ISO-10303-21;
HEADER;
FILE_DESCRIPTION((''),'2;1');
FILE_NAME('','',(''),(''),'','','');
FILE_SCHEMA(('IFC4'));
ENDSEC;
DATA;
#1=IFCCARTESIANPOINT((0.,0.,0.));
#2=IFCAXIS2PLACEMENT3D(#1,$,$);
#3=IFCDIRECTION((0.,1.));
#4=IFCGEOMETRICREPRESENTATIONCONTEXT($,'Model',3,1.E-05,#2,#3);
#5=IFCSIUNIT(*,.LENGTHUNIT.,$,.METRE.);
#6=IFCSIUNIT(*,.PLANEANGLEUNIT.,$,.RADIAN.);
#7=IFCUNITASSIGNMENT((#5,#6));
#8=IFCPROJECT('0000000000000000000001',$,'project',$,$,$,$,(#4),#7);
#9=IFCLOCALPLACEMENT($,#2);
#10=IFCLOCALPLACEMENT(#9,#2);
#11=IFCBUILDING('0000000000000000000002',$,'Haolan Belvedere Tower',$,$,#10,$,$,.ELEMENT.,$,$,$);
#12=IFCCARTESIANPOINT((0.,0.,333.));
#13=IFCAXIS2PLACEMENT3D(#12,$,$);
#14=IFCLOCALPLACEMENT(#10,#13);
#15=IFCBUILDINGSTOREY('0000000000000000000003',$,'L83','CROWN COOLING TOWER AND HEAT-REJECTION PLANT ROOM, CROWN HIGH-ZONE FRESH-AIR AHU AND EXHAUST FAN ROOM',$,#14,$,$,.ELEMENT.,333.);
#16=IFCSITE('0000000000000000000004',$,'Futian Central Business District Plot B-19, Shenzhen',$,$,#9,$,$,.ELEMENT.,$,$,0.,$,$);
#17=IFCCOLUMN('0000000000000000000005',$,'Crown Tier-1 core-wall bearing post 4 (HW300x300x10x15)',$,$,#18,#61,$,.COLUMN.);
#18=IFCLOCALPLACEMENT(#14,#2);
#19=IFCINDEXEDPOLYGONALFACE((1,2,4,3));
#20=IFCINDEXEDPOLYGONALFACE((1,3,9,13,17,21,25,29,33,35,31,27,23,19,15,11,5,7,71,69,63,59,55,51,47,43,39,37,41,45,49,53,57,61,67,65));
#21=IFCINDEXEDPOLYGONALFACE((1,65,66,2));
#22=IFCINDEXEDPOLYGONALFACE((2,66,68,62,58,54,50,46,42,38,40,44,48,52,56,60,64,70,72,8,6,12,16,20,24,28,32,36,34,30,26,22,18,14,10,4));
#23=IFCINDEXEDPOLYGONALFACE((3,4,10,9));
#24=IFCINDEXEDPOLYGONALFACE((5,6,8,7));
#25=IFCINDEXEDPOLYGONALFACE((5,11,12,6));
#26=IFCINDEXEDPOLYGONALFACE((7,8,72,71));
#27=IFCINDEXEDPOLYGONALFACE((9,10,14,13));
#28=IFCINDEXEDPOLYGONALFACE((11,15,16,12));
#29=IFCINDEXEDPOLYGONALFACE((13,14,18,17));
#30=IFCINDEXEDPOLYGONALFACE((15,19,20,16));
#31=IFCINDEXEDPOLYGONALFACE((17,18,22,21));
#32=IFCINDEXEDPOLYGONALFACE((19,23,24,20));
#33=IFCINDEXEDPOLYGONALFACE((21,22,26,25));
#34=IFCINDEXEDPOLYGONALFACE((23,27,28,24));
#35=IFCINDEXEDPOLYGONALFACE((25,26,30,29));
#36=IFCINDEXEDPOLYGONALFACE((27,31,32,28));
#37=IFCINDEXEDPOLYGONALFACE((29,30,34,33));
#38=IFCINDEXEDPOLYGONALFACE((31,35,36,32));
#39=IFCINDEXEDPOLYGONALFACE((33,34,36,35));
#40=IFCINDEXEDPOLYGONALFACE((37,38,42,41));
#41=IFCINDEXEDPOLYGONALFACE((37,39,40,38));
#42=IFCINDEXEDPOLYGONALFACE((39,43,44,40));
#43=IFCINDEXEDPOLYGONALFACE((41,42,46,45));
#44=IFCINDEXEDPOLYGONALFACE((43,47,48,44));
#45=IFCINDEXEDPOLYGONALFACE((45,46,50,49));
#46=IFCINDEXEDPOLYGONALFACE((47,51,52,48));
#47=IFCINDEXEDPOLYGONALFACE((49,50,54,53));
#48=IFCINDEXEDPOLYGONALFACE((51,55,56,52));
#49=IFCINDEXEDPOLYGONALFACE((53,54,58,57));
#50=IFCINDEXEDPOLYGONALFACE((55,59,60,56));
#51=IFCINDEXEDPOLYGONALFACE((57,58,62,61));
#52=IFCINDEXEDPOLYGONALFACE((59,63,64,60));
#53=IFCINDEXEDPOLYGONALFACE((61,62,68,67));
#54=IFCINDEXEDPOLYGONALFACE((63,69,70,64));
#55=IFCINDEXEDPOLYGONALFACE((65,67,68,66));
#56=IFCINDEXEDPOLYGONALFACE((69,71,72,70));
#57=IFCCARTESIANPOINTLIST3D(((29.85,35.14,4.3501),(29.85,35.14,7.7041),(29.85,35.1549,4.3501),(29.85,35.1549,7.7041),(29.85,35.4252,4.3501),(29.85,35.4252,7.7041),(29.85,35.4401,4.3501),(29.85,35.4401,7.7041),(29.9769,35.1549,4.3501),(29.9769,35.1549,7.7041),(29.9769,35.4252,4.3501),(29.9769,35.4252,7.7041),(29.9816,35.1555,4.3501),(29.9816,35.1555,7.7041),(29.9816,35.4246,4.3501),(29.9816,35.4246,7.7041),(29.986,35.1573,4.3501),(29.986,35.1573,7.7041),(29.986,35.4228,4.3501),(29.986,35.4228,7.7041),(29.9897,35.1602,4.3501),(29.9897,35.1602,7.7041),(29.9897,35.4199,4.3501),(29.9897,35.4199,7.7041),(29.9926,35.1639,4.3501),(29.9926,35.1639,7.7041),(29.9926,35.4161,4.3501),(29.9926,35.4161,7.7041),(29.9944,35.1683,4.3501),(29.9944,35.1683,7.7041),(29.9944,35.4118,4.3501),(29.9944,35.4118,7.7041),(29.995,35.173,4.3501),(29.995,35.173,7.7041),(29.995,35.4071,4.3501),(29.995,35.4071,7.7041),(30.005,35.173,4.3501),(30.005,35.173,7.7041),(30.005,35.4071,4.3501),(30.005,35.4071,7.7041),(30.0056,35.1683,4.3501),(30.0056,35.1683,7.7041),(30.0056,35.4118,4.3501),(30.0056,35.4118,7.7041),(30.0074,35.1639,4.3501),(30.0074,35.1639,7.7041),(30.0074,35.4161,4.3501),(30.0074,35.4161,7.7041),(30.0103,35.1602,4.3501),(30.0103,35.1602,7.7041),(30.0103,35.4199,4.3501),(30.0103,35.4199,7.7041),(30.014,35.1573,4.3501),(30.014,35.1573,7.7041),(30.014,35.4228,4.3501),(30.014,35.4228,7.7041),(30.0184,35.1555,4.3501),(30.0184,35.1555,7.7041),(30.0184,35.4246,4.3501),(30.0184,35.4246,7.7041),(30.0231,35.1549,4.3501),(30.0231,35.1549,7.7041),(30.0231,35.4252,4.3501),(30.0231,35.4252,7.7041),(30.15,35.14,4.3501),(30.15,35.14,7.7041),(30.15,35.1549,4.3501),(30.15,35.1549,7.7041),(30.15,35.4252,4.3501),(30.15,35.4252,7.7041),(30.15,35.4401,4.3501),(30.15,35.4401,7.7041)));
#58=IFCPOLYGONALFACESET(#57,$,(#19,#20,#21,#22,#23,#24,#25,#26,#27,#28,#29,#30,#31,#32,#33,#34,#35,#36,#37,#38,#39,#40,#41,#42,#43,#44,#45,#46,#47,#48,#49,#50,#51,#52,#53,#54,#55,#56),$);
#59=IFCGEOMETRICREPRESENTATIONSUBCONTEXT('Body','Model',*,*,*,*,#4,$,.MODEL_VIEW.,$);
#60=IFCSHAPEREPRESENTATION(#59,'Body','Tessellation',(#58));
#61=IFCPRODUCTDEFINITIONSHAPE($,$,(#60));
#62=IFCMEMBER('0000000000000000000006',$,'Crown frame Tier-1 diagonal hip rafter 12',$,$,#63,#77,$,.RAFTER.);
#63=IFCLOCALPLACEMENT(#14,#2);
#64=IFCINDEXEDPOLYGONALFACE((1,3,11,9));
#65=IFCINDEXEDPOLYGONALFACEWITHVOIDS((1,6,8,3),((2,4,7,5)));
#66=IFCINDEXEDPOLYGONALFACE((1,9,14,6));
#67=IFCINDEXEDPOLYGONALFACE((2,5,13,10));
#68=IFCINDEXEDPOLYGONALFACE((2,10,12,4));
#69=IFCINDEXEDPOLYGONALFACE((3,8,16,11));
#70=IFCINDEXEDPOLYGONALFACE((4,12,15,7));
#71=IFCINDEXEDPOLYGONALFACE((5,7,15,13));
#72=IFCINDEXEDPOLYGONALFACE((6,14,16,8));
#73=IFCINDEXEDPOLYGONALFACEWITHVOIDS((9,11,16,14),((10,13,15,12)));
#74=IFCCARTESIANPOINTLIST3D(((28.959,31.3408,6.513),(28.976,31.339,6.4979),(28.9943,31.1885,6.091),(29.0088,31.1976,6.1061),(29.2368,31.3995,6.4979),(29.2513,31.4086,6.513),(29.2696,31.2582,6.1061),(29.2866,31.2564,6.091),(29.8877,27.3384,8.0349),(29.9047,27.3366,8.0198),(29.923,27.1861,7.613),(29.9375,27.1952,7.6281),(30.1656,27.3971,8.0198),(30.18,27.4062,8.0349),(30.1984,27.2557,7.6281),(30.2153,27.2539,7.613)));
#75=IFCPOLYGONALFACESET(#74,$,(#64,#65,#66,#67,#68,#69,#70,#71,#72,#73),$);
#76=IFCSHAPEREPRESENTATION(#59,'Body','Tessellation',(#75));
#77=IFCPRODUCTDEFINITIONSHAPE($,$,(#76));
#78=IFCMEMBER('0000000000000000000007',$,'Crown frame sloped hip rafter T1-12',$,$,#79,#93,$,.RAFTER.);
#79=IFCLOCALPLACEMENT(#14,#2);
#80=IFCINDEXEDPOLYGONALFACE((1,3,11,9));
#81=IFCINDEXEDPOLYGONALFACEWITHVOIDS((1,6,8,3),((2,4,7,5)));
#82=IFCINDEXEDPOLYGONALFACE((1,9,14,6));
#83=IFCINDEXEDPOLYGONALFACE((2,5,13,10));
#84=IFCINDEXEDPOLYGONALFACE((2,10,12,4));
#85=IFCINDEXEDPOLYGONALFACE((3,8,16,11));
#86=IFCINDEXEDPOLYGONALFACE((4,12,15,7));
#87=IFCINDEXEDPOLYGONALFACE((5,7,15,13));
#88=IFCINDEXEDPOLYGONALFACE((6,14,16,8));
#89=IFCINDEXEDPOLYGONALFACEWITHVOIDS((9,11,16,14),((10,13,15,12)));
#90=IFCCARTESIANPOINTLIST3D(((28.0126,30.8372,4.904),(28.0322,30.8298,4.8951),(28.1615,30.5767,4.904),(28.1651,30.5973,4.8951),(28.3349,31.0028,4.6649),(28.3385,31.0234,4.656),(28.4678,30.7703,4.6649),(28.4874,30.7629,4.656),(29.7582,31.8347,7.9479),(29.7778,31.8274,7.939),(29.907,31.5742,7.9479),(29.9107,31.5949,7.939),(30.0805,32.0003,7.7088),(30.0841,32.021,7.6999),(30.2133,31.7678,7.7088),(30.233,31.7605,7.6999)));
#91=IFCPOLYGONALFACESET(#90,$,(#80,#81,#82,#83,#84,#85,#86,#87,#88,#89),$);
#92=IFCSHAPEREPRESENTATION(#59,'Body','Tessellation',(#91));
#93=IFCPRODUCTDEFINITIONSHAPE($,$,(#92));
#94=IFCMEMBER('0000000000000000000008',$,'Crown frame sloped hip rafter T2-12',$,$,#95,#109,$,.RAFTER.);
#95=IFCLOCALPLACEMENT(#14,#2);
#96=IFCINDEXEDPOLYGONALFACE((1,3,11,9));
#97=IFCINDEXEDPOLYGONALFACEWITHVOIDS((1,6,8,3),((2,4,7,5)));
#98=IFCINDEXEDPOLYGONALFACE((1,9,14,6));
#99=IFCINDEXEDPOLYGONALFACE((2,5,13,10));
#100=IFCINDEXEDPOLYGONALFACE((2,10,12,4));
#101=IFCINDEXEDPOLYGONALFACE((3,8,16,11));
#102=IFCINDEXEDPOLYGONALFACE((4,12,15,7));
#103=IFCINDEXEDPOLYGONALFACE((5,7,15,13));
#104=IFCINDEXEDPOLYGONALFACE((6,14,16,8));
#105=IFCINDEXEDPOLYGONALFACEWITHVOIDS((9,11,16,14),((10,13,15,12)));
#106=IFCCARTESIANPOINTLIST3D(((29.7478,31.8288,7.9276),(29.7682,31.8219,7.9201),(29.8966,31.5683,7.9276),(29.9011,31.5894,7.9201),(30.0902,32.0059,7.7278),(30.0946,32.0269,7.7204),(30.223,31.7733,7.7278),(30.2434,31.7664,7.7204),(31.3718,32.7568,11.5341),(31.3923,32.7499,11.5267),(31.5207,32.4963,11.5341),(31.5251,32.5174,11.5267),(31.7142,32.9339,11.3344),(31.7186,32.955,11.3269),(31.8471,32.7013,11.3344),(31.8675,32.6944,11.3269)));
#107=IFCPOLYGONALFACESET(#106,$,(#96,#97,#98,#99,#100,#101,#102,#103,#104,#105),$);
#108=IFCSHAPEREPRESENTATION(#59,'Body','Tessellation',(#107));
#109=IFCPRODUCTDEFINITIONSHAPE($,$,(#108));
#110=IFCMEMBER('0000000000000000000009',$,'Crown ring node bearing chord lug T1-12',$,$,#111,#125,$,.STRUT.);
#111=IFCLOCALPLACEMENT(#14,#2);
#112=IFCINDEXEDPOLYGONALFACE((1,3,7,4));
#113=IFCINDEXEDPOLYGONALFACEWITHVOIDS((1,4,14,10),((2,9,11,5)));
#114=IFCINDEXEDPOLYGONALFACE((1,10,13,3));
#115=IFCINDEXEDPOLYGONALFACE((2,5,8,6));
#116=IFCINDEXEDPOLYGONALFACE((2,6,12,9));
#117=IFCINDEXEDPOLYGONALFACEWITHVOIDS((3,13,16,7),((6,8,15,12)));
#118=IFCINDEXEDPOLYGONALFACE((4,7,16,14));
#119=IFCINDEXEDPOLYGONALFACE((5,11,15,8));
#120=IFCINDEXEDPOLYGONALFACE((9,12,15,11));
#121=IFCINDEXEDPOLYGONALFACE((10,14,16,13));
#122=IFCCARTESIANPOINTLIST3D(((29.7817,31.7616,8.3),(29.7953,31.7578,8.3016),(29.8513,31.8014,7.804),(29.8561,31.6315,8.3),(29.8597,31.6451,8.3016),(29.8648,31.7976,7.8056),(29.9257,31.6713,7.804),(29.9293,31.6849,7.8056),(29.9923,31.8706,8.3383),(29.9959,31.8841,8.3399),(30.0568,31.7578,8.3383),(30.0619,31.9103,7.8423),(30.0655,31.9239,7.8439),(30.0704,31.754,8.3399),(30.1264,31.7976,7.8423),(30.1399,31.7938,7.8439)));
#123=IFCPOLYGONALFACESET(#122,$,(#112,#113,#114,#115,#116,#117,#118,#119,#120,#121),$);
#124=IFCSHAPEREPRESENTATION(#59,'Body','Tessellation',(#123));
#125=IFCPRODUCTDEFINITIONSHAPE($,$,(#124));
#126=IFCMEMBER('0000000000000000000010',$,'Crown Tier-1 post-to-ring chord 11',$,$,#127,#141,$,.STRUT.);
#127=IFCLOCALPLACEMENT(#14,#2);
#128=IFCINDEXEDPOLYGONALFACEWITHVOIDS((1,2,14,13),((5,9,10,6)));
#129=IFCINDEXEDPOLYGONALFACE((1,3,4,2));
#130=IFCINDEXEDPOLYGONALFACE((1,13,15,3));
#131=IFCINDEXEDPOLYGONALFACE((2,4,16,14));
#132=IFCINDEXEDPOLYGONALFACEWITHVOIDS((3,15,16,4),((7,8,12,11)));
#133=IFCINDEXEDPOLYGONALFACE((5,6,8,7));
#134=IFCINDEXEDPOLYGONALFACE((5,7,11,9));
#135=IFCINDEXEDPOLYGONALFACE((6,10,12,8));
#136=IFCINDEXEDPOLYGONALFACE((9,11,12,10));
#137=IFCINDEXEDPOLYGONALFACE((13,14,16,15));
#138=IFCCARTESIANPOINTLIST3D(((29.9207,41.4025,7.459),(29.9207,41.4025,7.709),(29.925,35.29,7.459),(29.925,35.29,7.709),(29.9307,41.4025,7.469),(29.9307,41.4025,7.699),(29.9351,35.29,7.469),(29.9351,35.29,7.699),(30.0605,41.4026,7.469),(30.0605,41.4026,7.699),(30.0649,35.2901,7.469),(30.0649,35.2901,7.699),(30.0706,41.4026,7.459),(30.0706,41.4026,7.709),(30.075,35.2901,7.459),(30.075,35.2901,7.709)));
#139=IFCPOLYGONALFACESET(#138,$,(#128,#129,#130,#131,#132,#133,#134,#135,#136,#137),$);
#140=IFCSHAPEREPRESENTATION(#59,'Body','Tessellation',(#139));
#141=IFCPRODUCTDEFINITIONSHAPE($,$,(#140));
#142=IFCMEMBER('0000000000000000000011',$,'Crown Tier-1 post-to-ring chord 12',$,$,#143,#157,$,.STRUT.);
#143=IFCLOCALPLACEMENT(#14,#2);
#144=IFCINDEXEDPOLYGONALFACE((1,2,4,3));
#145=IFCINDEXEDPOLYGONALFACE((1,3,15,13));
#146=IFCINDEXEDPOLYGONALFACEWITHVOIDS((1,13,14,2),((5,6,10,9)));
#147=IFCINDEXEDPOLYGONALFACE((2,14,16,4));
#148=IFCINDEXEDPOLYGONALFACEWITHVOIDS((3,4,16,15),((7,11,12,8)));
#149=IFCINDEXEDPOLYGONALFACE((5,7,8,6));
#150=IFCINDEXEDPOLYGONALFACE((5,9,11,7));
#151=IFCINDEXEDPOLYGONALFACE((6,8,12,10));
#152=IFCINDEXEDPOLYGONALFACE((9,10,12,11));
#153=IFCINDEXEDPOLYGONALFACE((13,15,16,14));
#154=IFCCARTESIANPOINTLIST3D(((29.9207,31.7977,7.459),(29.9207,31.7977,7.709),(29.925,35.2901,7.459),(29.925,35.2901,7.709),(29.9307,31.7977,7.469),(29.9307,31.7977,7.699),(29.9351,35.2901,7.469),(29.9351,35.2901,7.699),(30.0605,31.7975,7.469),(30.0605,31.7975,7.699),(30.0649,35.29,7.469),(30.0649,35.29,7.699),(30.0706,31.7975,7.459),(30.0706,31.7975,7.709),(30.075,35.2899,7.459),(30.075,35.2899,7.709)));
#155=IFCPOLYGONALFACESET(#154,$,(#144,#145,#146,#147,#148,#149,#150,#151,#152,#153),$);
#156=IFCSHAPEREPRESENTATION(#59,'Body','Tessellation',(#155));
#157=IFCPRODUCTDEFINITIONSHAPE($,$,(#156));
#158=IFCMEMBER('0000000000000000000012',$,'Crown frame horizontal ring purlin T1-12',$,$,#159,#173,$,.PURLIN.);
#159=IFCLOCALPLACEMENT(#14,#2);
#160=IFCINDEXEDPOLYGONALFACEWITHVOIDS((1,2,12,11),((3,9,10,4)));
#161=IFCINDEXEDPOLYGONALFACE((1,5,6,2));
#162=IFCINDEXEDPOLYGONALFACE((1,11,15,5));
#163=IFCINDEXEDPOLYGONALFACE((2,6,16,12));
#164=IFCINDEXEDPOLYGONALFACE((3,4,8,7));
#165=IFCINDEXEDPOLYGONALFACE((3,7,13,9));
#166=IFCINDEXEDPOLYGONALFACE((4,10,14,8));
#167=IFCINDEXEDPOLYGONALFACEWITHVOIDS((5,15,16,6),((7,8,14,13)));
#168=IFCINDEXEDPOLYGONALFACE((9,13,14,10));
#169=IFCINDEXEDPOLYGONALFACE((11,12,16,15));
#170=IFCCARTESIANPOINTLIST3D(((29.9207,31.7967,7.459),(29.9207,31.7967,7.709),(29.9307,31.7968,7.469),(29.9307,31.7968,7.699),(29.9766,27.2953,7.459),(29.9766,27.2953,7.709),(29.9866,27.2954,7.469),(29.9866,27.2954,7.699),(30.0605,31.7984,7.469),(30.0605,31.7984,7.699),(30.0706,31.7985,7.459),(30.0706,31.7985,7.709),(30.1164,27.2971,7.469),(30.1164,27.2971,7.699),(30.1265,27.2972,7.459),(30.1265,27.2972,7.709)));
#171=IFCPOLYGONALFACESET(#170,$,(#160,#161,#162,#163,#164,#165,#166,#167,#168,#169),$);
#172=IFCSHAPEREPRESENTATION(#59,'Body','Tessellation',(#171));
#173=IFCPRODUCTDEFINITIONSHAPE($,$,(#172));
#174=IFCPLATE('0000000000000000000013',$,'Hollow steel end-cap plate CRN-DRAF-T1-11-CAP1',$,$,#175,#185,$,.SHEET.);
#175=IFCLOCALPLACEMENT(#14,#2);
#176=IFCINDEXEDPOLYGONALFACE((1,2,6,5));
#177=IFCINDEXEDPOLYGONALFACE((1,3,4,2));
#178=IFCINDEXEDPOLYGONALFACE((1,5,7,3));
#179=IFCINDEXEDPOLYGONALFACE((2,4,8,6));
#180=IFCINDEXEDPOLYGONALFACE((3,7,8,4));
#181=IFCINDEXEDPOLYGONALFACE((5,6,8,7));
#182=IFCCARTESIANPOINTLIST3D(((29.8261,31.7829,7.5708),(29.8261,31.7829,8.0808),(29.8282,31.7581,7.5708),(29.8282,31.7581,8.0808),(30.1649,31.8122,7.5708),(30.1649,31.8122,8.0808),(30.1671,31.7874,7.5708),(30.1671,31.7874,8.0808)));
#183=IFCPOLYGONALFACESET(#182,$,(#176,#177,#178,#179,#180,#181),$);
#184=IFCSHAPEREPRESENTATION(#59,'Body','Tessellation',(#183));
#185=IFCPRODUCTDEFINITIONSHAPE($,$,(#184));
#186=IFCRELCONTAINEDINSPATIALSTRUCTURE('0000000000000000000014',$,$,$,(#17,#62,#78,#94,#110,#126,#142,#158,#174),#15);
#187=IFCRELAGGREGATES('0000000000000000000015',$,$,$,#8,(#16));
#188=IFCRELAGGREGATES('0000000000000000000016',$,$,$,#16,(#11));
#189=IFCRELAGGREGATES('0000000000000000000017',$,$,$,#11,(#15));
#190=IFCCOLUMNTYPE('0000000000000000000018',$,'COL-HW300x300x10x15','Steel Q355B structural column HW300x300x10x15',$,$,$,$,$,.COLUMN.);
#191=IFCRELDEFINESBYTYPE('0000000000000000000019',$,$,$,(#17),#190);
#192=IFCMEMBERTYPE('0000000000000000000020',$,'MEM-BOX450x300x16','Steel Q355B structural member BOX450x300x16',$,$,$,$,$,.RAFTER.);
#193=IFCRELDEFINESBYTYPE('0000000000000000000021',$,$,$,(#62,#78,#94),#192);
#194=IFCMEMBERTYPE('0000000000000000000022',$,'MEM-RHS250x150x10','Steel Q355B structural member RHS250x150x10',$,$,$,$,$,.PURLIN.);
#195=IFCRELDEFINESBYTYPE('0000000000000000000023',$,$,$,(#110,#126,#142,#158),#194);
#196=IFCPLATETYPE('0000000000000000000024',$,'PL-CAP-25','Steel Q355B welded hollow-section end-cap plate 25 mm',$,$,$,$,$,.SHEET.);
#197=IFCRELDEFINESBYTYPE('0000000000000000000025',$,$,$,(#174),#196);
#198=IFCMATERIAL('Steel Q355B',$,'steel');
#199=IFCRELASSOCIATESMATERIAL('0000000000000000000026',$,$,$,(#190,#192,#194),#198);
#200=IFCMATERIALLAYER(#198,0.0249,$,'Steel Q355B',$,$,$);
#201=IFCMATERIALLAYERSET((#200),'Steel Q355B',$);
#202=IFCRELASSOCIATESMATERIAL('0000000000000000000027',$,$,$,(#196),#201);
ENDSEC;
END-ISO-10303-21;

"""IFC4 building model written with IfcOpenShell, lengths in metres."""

from ifc_helpers import new_model, si_unit, direction, frame, origin, origin_2d, place, context, subcontext, project, spatial, rectangle, hollow_rectangle, i_section, extrude, material, layer, layer_set, material_profile, profile_set, type_object, element, save


model = new_model("IFC4")

# Units and contexts
model_context = context("Model", 3, precision=1e-05, world=origin(), true_north=direction((0.0, 1.0)))
body_context = subcontext(model_context, "Body", "Model", "MODEL_VIEW")
ifc_project = project(units=[si_unit("LENGTHUNIT", "METRE"), si_unit("PLANEANGLEUNIT", "RADIAN")], contexts=[model_context])

# Site, building, storey
site_placement = place(None, origin())
site = spatial("IfcSite", under=ifc_project, at=site_placement, Name="Futian Central Business District Plot B-19, Shenzhen", CompositionType="ELEMENT", RefElevation=0.0)
building_placement = place(site_placement, origin())
building = spatial("IfcBuilding", under=site, at=building_placement, Name="Haolan Belvedere Tower", CompositionType="ELEMENT")
storey_placement = place(building_placement, frame((0.0, 0.0, 333.0)))
storey = spatial("IfcBuildingStorey", under=building, at=storey_placement, Name="L83", Description="CROWN COOLING TOWER AND HEAT-REJECTION PLANT ROOM, CROWN HIGH-ZONE FRESH-AIR AHU AND EXHAUST FAN ROOM", CompositionType="ELEMENT", Elevation=333.0)

# Column
ifc_material_1 = material(Name="Steel Q355B", Category="steel")
ifc_material_profile_1 = material_profile(ifc_material_1, i_section(OverallWidth=0.3, OverallDepth=0.3, WebThickness=0.01, FlangeThickness=0.0149, FilletRadius=0.0181, at=origin_2d()), Name="Steel Q355B")
ifc_profile_set_1 = profile_set([ifc_material_profile_1], Name="Steel Q355B")
column_type = type_object("IfcColumnType", Name="COL-HW300x300x10x15", Description="Steel Q355B structural column HW300x300x10x15", PredefinedType="COLUMN", material=ifc_profile_set_1)
column_placement = place(storey_placement, frame((30.0, 35.29, 4.3501), z_axis=(0.0, 0.0, 1.0), x_axis=(1.0, 0.0, 0.0)))
element("IfcColumn", 1, at=column_placement, inside=storey, type_object=column_type, Name="Crown Tier-1 core-wall bearing post 4 (HW300x300x10x15)", PredefinedType="COLUMN", context=body_context, shape_type="SweptSolid", body=[
    extrude(i_section(OverallWidth=0.3, OverallDepth=0.3, WebThickness=0.01, FlangeThickness=0.0149, FilletRadius=0.0181, at=origin_2d()), origin(), (0.0, 0.0, 1.0), 3.354),
])

# Members
ifc_material_profile_2 = material_profile(ifc_material_1, hollow_rectangle(XDim=0.3, YDim=0.45, WallThickness=0.0161, at=origin_2d()), Name="Steel Q355B")
ifc_profile_set_2 = profile_set([ifc_material_profile_2], Name="Steel Q355B")
member_type_1 = type_object("IfcMemberType", Name="MEM-BOX450x300x16", Description="Steel Q355B structural member BOX450x300x16", PredefinedType="RAFTER", material=ifc_profile_set_2)
member_1_placement = place(storey_placement, frame((29.1228, 31.2986, 6.302), z_axis=(0.211957, -0.913465, 0.347355), x_axis=(0.97412, 0.226031, 0.0)))
element("IfcMember", 2, at=member_1_placement, inside=storey, type_object=member_type_1, Name="Crown frame Tier-1 diagonal hip rafter 12", PredefinedType="RAFTER", context=body_context, shape_type="SweptSolid", body=[
    extrude(hollow_rectangle(XDim=0.3, YDim=0.45, WallThickness=0.0161, at=origin_2d()), origin(), (0.0, 0.0, 1.0), 4.3816),
])
member_2_placement = place(storey_placement, frame((28.25, 30.8, 4.78), z_axis=(0.478511, 0.273454, 0.834416), x_axis=(-0.496165, 0.868228, 0.0)))
element("IfcMember", 3, at=member_2_placement, inside=storey, type_object=member_type_1, Name="Crown frame sloped hip rafter T1-12", PredefinedType="RAFTER", context=body_context, shape_type="SweptSolid", body=[
    extrude(hollow_rectangle(XDim=0.3, YDim=0.45, WallThickness=0.0161, at=origin_2d()), origin(), (0.0, 0.0, 1.0), 3.6479),
])
member_3_placement = place(storey_placement, frame((29.9956, 31.7976, 7.824), z_axis=(0.399746, 0.228418, 0.88771), x_axis=(-0.496125, 0.868251, 0.0)))
element("IfcMember", 4, at=member_3_placement, inside=storey, type_object=member_type_1, Name="Crown frame sloped hip rafter T2-12", PredefinedType="RAFTER", context=body_context, shape_type="SweptSolid", body=[
    extrude(hollow_rectangle(XDim=0.3, YDim=0.45, WallThickness=0.0161, at=origin_2d()), origin(), (0.0, 0.0, 1.0), 4.0627),
])
ifc_material_profile_3 = material_profile(ifc_material_1, hollow_rectangle(XDim=0.1499, YDim=0.25, WallThickness=0.01, at=origin_2d()), Name="Steel Q355B")
ifc_profile_set_3 = profile_set([ifc_material_profile_3], Name="Steel Q355B")
member_type_2 = type_object("IfcMemberType", Name="MEM-RHS250x150x10", Description="Steel Q355B structural member RHS250x150x10", PredefinedType="PURLIN", material=ifc_profile_set_3)
member_4_placement = place(storey_placement, frame((29.9956, 31.7976, 7.824), z_axis=(-0.13846, -0.07919, 0.987197), x_axis=(0.496467, -0.868056, 0.0)))
element("IfcMember", 5, at=member_4_placement, inside=storey, type_object=member_type_2, Name="Crown ring node bearing chord lug T1-12", PredefinedType="STRUT", context=body_context, shape_type="SweptSolid", body=[
    extrude(hollow_rectangle(XDim=0.1499, YDim=0.25, WallThickness=0.01, at=origin_2d()), origin(), (0.0, 0.0, 1.0), 0.5024),
])
member_5_placement = place(storey_placement, frame((30.0, 35.29, 7.584), z_axis=(-0.000719, 1.0, 0.0), x_axis=(-1.0, -0.000719, 0.0)))
element("IfcMember", 6, at=member_5_placement, inside=storey, type_object=member_type_2, Name="Crown Tier-1 post-to-ring chord 11", PredefinedType="STRUT", context=body_context, shape_type="SweptSolid", body=[
    extrude(hollow_rectangle(XDim=0.1499, YDim=0.25, WallThickness=0.01, at=origin_2d()), origin(), (0.0, 0.0, 1.0), 6.1125),
])
member_6_placement = place(storey_placement, frame((30.0, 35.29, 7.584), z_axis=(-0.001258, -0.999999, 0.0), x_axis=(0.999999, -0.001258, 0.0)))
element("IfcMember", 7, at=member_6_placement, inside=storey, type_object=member_type_2, Name="Crown Tier-1 post-to-ring chord 12", PredefinedType="STRUT", context=body_context, shape_type="SweptSolid", body=[
    extrude(hollow_rectangle(XDim=0.1499, YDim=0.25, WallThickness=0.01, at=origin_2d()), origin(), (0.0, 0.0, 1.0), 3.4924),
])
member_7_placement = place(storey_placement, frame((29.9956, 31.7976, 7.584), z_axis=(0.012419, -0.999923, 0.0), x_axis=(0.999923, 0.012419, 0.0)))
element("IfcMember", 8, at=member_7_placement, inside=storey, type_object=member_type_2, Name="Crown frame horizontal ring purlin T1-12", PredefinedType="PURLIN", context=body_context, shape_type="SweptSolid", body=[
    extrude(hollow_rectangle(XDim=0.1499, YDim=0.25, WallThickness=0.01, at=origin_2d()), origin(), (0.0, 0.0, 1.0), 4.5017),
])

# Plate
ifc_layer_1 = layer(ifc_material_1, 0.0249, Name="Steel Q355B")
ifc_layer_set_1 = layer_set([ifc_layer_1], Name="Steel Q355B")
plate_type = type_object("IfcPlateType", Name="PL-CAP-25", Description="Steel Q355B welded hollow-section end-cap plate 25 mm", PredefinedType="SHEET", material=ifc_layer_set_1)
plate_1_placement = place(storey_placement, frame((29.9966, 31.7852, 7.5708), z_axis=(0.0, 0.0, 1.0), x_axis=(0.99629, 0.08606, 0.0)))
element("IfcPlate", 9, at=plate_1_placement, inside=storey, type_object=plate_type, Name="Hollow steel end-cap plate CRN-DRAF-T1-11-CAP1", PredefinedType="SHEET", context=body_context, shape_type="SweptSolid", body=[
    extrude(rectangle(XDim=0.3401, YDim=0.0249, at=origin_2d()), origin(), (0.0, 0.0, 1.0), 0.51),
])

save(model, "model.ifc")
